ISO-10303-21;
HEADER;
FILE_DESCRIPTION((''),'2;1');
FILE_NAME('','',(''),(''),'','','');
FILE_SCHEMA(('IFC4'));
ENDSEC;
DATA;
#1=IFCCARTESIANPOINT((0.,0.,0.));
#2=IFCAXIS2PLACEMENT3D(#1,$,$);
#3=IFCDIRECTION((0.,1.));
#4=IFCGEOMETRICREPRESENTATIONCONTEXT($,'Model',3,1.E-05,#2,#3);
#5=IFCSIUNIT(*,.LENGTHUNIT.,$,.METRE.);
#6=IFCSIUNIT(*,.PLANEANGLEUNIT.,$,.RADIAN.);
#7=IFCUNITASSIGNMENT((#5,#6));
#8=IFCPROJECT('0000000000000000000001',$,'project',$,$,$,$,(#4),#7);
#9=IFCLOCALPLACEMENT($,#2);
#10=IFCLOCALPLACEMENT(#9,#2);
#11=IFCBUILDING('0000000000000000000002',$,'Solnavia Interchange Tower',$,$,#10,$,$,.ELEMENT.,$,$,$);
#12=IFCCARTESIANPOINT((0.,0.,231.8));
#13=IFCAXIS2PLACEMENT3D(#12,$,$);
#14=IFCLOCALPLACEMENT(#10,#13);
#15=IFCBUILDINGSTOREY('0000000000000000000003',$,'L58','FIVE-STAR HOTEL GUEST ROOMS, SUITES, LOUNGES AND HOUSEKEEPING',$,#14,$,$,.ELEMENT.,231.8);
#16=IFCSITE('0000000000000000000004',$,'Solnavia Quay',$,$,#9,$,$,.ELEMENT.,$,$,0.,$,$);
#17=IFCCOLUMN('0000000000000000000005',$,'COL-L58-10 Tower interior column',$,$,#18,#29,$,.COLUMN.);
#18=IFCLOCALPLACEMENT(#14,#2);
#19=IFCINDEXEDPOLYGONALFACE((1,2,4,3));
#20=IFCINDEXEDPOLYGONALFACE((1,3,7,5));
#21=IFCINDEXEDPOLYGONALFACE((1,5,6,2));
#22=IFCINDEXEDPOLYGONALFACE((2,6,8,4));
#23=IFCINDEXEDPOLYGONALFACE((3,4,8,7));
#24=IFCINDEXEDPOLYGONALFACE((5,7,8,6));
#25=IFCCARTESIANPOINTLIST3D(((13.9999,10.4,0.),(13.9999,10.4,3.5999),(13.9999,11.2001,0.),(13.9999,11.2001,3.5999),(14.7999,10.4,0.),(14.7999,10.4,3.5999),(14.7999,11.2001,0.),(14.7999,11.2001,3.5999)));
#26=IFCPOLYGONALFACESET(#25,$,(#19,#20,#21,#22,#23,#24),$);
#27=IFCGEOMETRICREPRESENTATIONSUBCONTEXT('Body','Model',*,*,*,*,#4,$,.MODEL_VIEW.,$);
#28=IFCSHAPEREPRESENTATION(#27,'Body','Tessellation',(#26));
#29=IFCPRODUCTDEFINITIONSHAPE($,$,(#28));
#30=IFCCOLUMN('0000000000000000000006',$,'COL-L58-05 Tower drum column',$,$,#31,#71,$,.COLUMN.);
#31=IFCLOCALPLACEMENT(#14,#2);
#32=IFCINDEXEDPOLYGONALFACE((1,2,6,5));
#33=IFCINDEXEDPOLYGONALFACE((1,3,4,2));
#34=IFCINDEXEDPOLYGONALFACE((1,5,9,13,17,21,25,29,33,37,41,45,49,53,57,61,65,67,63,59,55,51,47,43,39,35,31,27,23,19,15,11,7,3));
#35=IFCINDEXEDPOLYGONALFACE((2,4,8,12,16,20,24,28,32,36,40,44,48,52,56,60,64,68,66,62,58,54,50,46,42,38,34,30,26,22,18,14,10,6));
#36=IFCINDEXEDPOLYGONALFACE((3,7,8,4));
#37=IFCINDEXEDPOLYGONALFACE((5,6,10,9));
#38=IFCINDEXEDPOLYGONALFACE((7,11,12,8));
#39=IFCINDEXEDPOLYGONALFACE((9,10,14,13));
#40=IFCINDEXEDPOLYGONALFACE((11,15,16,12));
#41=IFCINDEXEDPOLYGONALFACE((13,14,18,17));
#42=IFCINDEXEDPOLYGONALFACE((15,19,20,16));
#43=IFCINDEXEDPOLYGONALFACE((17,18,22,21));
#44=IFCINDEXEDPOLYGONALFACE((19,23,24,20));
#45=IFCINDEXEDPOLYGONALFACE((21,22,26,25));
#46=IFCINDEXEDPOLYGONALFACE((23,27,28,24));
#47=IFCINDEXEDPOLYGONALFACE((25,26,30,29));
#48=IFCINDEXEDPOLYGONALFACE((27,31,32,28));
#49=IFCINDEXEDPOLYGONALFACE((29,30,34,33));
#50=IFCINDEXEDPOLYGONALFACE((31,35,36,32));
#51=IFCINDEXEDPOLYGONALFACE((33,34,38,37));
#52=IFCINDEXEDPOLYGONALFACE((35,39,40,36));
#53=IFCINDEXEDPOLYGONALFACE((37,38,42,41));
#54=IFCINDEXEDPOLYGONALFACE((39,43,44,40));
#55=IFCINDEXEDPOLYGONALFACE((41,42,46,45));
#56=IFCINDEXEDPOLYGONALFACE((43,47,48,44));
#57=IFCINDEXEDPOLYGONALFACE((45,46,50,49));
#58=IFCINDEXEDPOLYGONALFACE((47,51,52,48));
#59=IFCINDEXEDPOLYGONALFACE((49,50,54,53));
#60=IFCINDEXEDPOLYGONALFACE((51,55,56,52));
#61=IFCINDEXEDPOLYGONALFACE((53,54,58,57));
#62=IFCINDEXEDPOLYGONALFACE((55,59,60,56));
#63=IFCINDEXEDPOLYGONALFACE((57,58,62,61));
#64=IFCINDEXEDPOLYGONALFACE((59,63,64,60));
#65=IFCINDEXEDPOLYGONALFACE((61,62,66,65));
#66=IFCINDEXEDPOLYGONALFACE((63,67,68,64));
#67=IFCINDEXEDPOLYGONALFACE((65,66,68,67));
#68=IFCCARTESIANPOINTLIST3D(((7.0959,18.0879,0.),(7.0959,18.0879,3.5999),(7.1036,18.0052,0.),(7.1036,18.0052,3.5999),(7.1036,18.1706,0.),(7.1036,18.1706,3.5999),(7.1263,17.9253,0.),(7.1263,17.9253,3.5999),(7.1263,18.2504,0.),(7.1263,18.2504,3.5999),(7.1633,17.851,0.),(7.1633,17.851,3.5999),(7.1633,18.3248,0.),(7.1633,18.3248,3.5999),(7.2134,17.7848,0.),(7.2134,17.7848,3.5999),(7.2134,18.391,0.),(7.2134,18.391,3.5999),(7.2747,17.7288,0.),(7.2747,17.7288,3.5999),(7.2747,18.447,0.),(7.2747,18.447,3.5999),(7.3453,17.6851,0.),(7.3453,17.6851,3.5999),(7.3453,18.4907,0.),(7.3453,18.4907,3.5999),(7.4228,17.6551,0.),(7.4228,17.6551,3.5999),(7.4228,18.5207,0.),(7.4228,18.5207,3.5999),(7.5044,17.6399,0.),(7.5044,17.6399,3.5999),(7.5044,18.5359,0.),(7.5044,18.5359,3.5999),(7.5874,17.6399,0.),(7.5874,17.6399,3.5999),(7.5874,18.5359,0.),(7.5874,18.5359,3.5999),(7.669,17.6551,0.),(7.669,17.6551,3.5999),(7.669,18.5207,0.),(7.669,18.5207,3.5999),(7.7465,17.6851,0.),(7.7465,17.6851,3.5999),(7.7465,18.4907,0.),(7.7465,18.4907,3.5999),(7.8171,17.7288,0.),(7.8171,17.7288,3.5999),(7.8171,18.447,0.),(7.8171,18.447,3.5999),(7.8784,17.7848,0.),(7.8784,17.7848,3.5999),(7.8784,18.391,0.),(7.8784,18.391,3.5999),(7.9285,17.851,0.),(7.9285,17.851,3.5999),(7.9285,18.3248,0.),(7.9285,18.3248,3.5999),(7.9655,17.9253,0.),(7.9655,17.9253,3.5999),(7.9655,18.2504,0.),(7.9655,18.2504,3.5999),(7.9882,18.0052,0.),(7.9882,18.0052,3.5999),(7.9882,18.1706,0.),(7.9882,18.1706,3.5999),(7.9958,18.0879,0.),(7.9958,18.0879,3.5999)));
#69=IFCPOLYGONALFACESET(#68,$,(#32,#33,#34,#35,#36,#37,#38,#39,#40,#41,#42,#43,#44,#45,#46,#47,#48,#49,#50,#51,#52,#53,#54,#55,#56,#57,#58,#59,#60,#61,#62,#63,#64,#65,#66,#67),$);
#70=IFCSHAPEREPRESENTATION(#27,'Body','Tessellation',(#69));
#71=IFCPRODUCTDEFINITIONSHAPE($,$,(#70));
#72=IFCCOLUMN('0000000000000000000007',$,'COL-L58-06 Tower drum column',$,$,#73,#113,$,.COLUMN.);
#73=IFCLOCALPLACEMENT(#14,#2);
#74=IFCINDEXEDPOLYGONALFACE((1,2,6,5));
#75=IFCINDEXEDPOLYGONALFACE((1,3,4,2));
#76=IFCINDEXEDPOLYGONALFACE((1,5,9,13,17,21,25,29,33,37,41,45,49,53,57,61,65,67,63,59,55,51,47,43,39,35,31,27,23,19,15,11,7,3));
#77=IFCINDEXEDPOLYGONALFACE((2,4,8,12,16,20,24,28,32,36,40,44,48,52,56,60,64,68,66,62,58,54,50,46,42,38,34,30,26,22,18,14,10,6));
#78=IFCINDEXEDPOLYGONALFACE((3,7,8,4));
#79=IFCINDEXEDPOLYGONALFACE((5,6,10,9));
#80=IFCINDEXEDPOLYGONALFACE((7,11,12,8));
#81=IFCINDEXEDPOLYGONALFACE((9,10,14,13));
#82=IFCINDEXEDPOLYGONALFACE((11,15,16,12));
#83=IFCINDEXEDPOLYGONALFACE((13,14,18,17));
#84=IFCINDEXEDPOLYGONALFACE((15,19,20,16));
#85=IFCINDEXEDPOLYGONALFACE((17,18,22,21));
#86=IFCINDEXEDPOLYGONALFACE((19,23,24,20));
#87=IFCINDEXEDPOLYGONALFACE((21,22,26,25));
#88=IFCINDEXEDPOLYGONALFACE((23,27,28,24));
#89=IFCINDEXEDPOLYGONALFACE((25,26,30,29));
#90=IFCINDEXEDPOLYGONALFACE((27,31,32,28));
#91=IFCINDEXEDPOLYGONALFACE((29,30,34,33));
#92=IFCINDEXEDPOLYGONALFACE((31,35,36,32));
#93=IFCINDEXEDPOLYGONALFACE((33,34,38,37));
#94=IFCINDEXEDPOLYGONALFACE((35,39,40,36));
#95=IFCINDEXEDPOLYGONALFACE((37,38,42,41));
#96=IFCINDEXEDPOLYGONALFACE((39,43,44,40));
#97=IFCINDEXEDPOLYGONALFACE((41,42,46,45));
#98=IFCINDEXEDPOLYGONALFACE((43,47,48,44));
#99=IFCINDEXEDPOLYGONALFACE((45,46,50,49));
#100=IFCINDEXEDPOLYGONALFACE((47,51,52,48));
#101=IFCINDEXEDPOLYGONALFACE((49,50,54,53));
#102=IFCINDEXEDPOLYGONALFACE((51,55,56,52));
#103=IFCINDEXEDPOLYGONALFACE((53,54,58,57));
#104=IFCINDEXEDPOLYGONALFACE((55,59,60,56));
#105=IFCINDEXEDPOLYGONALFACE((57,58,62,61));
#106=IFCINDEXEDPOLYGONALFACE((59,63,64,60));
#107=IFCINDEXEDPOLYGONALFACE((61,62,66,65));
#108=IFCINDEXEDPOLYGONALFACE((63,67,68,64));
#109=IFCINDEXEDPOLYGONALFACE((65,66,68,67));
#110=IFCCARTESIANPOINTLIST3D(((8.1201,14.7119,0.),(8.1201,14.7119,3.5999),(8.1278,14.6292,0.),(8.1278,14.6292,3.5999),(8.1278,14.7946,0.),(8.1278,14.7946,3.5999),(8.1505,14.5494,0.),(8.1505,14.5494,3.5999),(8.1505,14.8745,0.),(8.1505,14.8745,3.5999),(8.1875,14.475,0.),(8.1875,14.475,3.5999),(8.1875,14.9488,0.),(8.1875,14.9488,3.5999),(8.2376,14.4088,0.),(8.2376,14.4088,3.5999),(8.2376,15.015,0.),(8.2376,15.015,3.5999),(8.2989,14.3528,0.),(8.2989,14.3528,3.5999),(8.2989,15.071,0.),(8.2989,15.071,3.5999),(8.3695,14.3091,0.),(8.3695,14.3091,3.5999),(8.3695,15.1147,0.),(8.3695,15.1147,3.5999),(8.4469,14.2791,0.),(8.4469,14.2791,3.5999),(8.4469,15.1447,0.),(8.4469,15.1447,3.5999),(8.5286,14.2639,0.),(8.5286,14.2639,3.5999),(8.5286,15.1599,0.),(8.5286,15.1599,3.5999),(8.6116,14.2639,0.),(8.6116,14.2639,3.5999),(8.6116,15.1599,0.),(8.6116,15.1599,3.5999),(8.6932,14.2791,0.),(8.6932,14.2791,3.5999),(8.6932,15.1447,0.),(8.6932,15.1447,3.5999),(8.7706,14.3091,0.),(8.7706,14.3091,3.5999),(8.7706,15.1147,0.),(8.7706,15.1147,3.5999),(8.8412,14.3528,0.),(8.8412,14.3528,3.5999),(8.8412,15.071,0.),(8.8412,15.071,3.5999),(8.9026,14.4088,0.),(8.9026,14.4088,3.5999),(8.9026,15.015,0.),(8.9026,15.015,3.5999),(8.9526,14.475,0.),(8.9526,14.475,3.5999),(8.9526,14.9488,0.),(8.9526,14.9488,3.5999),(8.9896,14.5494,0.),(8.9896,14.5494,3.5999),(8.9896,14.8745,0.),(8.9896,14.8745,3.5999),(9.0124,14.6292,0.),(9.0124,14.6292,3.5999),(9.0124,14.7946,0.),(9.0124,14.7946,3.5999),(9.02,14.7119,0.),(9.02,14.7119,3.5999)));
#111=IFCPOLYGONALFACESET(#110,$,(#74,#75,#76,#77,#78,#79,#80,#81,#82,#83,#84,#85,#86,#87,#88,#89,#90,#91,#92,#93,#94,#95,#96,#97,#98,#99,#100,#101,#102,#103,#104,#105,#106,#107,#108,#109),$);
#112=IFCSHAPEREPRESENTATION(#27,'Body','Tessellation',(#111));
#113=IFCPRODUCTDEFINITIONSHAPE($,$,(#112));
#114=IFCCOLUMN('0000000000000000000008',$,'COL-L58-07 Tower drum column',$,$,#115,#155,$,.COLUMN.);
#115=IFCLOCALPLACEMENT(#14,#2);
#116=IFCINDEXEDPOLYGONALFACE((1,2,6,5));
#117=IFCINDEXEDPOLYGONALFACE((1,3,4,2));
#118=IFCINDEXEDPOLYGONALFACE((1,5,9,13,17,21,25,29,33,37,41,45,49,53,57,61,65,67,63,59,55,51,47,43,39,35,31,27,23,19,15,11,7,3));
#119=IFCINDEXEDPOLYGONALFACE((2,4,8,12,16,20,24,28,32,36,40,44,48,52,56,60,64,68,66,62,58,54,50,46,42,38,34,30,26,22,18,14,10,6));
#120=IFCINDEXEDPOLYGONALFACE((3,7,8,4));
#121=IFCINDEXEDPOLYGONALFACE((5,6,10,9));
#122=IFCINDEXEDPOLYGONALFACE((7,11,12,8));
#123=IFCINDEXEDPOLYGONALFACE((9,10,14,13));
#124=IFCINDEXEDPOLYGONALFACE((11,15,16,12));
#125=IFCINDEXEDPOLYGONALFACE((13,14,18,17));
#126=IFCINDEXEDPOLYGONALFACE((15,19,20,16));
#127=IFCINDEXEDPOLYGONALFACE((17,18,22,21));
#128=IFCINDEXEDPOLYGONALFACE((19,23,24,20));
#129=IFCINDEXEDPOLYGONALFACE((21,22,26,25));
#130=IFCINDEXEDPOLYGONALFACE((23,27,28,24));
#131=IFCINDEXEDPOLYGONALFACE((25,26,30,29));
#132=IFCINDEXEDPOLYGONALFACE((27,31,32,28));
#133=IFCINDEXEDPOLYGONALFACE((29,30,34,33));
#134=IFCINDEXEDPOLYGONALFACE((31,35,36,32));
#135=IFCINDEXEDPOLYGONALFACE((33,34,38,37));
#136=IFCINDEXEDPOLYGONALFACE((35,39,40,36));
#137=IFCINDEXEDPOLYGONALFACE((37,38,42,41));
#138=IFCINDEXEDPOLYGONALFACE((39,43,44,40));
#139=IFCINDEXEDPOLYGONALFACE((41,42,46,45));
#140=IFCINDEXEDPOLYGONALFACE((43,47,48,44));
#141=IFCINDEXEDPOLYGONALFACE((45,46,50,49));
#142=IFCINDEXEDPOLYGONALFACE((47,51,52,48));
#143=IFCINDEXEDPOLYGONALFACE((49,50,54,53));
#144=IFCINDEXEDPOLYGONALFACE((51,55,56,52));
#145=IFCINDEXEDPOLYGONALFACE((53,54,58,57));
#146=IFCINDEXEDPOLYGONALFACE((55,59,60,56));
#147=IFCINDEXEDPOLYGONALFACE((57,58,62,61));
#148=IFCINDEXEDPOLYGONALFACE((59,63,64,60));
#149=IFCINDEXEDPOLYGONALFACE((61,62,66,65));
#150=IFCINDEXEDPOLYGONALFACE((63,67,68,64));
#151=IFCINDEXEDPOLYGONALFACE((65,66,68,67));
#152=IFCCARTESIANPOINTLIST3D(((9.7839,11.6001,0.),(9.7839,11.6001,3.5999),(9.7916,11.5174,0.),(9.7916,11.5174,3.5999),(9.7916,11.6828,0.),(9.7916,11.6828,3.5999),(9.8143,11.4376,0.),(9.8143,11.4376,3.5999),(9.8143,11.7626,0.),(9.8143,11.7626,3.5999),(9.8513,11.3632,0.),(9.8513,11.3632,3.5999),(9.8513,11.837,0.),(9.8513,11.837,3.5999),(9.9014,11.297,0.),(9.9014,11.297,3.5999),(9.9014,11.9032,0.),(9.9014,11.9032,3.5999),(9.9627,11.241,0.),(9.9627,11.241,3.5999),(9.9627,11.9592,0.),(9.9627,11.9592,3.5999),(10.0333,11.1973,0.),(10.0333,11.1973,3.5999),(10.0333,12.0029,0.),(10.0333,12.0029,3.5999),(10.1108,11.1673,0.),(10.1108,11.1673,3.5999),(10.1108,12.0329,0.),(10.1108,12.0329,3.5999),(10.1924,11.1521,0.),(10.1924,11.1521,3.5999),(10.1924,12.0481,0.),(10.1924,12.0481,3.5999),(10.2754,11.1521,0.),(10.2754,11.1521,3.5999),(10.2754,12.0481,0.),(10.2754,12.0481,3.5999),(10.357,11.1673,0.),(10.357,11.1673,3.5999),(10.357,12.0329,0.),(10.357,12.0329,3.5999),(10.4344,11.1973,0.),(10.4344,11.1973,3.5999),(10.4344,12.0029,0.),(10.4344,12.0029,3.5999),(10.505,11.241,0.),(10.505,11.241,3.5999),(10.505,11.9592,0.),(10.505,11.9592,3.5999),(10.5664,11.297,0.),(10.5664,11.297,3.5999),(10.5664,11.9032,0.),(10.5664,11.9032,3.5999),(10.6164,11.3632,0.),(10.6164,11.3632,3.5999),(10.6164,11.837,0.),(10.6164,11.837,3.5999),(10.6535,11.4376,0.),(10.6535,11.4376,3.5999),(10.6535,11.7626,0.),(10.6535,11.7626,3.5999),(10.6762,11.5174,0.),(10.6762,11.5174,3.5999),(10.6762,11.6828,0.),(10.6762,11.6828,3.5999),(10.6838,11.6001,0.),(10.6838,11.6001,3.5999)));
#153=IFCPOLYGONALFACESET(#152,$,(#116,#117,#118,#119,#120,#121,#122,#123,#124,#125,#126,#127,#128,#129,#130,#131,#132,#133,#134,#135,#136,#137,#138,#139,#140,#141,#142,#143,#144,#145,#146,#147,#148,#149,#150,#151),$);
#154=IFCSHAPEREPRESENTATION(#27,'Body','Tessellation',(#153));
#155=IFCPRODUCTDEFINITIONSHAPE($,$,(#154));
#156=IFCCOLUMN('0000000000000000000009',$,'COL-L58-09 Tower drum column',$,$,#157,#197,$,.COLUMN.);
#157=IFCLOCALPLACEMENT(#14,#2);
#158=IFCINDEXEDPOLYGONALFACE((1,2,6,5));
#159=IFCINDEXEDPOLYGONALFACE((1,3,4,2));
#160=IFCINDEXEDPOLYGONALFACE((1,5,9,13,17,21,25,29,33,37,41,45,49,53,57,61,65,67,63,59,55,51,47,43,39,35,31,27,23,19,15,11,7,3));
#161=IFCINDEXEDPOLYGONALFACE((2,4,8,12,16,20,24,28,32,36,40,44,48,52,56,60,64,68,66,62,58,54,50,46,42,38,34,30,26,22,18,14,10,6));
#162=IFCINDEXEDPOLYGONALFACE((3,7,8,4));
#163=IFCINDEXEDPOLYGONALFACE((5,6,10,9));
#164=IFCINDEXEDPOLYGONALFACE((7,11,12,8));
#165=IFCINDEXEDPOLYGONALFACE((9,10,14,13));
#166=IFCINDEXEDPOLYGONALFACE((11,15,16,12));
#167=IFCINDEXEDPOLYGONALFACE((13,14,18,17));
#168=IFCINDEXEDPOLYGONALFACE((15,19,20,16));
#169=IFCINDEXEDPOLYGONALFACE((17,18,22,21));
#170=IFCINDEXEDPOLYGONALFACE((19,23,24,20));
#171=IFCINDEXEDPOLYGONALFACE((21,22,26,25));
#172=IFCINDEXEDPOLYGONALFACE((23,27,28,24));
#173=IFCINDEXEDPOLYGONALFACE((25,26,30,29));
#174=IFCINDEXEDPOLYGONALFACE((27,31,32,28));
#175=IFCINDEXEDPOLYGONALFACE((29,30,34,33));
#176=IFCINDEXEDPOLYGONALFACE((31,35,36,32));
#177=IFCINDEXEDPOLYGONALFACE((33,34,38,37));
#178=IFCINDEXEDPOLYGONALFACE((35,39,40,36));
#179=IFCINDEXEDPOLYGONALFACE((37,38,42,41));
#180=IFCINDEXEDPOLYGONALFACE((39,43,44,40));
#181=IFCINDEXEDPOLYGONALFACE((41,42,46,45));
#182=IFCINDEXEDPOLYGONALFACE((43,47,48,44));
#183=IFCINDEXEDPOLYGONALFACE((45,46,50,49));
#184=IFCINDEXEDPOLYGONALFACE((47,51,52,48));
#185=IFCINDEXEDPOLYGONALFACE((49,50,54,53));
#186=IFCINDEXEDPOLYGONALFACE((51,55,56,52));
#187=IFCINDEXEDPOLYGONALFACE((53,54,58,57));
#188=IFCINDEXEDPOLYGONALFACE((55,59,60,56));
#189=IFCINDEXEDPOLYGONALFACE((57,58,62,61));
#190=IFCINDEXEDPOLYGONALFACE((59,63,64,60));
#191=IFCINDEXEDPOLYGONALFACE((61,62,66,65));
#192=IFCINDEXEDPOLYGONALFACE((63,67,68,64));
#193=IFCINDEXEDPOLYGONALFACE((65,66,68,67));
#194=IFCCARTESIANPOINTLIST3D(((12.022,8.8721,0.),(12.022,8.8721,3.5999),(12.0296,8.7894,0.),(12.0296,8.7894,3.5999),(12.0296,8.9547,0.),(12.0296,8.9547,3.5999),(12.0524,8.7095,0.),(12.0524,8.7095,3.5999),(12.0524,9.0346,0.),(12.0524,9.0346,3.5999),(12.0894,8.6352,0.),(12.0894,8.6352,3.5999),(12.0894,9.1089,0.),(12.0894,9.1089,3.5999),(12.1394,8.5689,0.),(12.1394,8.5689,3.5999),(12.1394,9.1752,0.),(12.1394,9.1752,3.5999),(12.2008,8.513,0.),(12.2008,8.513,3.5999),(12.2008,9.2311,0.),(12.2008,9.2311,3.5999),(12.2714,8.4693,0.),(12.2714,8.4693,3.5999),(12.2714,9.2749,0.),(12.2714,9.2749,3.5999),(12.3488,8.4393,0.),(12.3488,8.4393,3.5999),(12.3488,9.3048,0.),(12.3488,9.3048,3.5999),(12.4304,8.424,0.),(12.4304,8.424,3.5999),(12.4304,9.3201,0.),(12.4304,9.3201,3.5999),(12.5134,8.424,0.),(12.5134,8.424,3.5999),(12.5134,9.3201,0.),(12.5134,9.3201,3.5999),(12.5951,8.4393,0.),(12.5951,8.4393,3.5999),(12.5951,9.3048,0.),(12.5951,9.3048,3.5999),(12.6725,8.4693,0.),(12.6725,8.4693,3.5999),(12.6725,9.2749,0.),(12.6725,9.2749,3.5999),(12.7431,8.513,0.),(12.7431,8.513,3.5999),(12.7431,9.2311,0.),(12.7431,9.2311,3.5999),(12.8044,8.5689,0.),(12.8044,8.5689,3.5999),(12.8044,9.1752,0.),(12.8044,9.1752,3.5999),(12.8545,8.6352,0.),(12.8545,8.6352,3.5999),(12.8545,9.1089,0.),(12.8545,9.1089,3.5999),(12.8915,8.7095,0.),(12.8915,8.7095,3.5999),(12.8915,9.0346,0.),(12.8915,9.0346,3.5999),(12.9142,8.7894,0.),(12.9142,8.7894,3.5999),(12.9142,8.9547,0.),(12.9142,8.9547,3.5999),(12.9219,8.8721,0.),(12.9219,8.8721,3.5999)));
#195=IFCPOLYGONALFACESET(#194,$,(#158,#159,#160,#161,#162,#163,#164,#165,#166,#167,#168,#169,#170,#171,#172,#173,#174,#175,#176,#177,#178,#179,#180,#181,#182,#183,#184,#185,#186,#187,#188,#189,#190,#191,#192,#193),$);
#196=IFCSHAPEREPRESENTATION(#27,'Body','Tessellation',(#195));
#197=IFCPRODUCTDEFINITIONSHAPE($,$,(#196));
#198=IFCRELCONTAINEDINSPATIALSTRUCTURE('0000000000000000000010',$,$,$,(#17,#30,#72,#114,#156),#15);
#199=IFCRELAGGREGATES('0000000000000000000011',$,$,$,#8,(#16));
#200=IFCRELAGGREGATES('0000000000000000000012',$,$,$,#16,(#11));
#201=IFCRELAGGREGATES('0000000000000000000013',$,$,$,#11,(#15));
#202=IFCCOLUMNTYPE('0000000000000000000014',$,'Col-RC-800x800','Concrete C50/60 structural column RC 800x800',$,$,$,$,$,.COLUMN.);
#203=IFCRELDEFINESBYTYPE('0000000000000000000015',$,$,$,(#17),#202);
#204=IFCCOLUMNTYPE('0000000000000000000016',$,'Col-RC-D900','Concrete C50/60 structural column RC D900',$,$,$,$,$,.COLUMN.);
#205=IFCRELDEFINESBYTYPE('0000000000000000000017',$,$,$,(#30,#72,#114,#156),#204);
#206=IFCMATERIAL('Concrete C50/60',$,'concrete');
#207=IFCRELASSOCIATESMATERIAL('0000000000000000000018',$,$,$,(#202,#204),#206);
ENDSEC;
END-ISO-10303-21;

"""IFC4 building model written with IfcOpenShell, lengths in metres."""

from ifc_helpers import new_model, si_unit, direction, frame, origin, origin_2d, place, context, subcontext, project, spatial, rectangle, circle, extrude, material, material_profile, profile_set, type_object, element, save


model = new_model("IFC4")

# Units and contexts
model_context = context("Model", 3, precision=1e-05, world=origin(), true_north=direction((0.0, 1.0)))
body_context = subcontext(model_context, "Body", "Model", "MODEL_VIEW")
ifc_project = project(units=[si_unit("LENGTHUNIT", "METRE"), si_unit("PLANEANGLEUNIT", "RADIAN")], contexts=[model_context])

# Site, building, storey
site_placement = place(None, origin())
site = spatial("IfcSite", under=ifc_project, at=site_placement, Name="Solnavia Quay", CompositionType="ELEMENT", RefElevation=0.0)
building_placement = place(site_placement, origin())
building = spatial("IfcBuilding", under=site, at=building_placement, Name="Solnavia Interchange Tower", CompositionType="ELEMENT")
storey_placement = place(building_placement, frame((0.0, 0.0, 231.8)))
storey = spatial("IfcBuildingStorey", under=building, at=storey_placement, Name="L58", Description="FIVE-STAR HOTEL GUEST ROOMS, SUITES, LOUNGES AND HOUSEKEEPING", CompositionType="ELEMENT", Elevation=231.8)

# Columns
ifc_material_1 = material(Name="Concrete C50/60", Category="concrete")
ifc_material_profile_1 = material_profile(ifc_material_1, rectangle(XDim=0.8, YDim=0.8, at=origin_2d()), Name="RC 800x800")
ifc_profile_set_1 = profile_set([ifc_material_profile_1], Name="Concrete C50/60")
column_type_1 = type_object("IfcColumnType", Name="Col-RC-800x800", Description="Concrete C50/60 structural column RC 800x800", PredefinedType="COLUMN", material=ifc_profile_set_1)
column_placement = place(storey_placement, frame((14.3999, 10.8, 0.0), z_axis=(0.0, 0.0, 1.0), x_axis=(1.0, 0.0, 0.0)))
element("IfcColumn", 1, at=column_placement, inside=storey, type_object=column_type_1, Name="COL-L58-10 Tower interior column", PredefinedType="COLUMN", context=body_context, shape_type="SweptSolid", body=[
    extrude(rectangle(XDim=0.8, YDim=0.8, at=origin_2d()), origin(), (0.0, 0.0, 1.0), 3.5999),
])
ifc_material_profile_2 = material_profile(ifc_material_1, circle(Radius=0.45, at=origin_2d()), Name="RC D900")
ifc_profile_set_2 = profile_set([ifc_material_profile_2], Name="Concrete C50/60")
column_type_2 = type_object("IfcColumnType", Name="Col-RC-D900", Description="Concrete C50/60 structural column RC D900", PredefinedType="COLUMN", material=ifc_profile_set_2)
for number, where, z_axis, x_axis, name in (
    (2, (7.5459, 18.0879, 0.0), (0.0, 0.0, 1.0), (1.0, 0.0, 0.0), "COL-L58-05 Tower drum column"),
    (3, (8.5701, 14.7119, 0.0), (0.0, 0.0, 1.0), (1.0, 0.0, 0.0), "COL-L58-06 Tower drum column"),
    (4, (10.2339, 11.6001, 0.0), (0.0, 0.0, 1.0), (1.0, 0.0, 0.0), "COL-L58-07 Tower drum column"),
    (5, (12.4719, 8.8721, 0.0), (0.0, 0.0, 1.0), (1.0, 0.0, 0.0), "COL-L58-09 Tower drum column"),
):
    element("IfcColumn", number, at=place(storey_placement, frame(where, z_axis=z_axis, x_axis=x_axis)), inside=storey, type_object=column_type_2, Name=name, PredefinedType="COLUMN", context=body_context, shape_type="SweptSolid", body=[
        extrude(circle(Radius=0.45, at=origin_2d()), origin(), (0.0, 0.0, 1.0), 3.5999),
    ])

save(model, "model.ifc")
